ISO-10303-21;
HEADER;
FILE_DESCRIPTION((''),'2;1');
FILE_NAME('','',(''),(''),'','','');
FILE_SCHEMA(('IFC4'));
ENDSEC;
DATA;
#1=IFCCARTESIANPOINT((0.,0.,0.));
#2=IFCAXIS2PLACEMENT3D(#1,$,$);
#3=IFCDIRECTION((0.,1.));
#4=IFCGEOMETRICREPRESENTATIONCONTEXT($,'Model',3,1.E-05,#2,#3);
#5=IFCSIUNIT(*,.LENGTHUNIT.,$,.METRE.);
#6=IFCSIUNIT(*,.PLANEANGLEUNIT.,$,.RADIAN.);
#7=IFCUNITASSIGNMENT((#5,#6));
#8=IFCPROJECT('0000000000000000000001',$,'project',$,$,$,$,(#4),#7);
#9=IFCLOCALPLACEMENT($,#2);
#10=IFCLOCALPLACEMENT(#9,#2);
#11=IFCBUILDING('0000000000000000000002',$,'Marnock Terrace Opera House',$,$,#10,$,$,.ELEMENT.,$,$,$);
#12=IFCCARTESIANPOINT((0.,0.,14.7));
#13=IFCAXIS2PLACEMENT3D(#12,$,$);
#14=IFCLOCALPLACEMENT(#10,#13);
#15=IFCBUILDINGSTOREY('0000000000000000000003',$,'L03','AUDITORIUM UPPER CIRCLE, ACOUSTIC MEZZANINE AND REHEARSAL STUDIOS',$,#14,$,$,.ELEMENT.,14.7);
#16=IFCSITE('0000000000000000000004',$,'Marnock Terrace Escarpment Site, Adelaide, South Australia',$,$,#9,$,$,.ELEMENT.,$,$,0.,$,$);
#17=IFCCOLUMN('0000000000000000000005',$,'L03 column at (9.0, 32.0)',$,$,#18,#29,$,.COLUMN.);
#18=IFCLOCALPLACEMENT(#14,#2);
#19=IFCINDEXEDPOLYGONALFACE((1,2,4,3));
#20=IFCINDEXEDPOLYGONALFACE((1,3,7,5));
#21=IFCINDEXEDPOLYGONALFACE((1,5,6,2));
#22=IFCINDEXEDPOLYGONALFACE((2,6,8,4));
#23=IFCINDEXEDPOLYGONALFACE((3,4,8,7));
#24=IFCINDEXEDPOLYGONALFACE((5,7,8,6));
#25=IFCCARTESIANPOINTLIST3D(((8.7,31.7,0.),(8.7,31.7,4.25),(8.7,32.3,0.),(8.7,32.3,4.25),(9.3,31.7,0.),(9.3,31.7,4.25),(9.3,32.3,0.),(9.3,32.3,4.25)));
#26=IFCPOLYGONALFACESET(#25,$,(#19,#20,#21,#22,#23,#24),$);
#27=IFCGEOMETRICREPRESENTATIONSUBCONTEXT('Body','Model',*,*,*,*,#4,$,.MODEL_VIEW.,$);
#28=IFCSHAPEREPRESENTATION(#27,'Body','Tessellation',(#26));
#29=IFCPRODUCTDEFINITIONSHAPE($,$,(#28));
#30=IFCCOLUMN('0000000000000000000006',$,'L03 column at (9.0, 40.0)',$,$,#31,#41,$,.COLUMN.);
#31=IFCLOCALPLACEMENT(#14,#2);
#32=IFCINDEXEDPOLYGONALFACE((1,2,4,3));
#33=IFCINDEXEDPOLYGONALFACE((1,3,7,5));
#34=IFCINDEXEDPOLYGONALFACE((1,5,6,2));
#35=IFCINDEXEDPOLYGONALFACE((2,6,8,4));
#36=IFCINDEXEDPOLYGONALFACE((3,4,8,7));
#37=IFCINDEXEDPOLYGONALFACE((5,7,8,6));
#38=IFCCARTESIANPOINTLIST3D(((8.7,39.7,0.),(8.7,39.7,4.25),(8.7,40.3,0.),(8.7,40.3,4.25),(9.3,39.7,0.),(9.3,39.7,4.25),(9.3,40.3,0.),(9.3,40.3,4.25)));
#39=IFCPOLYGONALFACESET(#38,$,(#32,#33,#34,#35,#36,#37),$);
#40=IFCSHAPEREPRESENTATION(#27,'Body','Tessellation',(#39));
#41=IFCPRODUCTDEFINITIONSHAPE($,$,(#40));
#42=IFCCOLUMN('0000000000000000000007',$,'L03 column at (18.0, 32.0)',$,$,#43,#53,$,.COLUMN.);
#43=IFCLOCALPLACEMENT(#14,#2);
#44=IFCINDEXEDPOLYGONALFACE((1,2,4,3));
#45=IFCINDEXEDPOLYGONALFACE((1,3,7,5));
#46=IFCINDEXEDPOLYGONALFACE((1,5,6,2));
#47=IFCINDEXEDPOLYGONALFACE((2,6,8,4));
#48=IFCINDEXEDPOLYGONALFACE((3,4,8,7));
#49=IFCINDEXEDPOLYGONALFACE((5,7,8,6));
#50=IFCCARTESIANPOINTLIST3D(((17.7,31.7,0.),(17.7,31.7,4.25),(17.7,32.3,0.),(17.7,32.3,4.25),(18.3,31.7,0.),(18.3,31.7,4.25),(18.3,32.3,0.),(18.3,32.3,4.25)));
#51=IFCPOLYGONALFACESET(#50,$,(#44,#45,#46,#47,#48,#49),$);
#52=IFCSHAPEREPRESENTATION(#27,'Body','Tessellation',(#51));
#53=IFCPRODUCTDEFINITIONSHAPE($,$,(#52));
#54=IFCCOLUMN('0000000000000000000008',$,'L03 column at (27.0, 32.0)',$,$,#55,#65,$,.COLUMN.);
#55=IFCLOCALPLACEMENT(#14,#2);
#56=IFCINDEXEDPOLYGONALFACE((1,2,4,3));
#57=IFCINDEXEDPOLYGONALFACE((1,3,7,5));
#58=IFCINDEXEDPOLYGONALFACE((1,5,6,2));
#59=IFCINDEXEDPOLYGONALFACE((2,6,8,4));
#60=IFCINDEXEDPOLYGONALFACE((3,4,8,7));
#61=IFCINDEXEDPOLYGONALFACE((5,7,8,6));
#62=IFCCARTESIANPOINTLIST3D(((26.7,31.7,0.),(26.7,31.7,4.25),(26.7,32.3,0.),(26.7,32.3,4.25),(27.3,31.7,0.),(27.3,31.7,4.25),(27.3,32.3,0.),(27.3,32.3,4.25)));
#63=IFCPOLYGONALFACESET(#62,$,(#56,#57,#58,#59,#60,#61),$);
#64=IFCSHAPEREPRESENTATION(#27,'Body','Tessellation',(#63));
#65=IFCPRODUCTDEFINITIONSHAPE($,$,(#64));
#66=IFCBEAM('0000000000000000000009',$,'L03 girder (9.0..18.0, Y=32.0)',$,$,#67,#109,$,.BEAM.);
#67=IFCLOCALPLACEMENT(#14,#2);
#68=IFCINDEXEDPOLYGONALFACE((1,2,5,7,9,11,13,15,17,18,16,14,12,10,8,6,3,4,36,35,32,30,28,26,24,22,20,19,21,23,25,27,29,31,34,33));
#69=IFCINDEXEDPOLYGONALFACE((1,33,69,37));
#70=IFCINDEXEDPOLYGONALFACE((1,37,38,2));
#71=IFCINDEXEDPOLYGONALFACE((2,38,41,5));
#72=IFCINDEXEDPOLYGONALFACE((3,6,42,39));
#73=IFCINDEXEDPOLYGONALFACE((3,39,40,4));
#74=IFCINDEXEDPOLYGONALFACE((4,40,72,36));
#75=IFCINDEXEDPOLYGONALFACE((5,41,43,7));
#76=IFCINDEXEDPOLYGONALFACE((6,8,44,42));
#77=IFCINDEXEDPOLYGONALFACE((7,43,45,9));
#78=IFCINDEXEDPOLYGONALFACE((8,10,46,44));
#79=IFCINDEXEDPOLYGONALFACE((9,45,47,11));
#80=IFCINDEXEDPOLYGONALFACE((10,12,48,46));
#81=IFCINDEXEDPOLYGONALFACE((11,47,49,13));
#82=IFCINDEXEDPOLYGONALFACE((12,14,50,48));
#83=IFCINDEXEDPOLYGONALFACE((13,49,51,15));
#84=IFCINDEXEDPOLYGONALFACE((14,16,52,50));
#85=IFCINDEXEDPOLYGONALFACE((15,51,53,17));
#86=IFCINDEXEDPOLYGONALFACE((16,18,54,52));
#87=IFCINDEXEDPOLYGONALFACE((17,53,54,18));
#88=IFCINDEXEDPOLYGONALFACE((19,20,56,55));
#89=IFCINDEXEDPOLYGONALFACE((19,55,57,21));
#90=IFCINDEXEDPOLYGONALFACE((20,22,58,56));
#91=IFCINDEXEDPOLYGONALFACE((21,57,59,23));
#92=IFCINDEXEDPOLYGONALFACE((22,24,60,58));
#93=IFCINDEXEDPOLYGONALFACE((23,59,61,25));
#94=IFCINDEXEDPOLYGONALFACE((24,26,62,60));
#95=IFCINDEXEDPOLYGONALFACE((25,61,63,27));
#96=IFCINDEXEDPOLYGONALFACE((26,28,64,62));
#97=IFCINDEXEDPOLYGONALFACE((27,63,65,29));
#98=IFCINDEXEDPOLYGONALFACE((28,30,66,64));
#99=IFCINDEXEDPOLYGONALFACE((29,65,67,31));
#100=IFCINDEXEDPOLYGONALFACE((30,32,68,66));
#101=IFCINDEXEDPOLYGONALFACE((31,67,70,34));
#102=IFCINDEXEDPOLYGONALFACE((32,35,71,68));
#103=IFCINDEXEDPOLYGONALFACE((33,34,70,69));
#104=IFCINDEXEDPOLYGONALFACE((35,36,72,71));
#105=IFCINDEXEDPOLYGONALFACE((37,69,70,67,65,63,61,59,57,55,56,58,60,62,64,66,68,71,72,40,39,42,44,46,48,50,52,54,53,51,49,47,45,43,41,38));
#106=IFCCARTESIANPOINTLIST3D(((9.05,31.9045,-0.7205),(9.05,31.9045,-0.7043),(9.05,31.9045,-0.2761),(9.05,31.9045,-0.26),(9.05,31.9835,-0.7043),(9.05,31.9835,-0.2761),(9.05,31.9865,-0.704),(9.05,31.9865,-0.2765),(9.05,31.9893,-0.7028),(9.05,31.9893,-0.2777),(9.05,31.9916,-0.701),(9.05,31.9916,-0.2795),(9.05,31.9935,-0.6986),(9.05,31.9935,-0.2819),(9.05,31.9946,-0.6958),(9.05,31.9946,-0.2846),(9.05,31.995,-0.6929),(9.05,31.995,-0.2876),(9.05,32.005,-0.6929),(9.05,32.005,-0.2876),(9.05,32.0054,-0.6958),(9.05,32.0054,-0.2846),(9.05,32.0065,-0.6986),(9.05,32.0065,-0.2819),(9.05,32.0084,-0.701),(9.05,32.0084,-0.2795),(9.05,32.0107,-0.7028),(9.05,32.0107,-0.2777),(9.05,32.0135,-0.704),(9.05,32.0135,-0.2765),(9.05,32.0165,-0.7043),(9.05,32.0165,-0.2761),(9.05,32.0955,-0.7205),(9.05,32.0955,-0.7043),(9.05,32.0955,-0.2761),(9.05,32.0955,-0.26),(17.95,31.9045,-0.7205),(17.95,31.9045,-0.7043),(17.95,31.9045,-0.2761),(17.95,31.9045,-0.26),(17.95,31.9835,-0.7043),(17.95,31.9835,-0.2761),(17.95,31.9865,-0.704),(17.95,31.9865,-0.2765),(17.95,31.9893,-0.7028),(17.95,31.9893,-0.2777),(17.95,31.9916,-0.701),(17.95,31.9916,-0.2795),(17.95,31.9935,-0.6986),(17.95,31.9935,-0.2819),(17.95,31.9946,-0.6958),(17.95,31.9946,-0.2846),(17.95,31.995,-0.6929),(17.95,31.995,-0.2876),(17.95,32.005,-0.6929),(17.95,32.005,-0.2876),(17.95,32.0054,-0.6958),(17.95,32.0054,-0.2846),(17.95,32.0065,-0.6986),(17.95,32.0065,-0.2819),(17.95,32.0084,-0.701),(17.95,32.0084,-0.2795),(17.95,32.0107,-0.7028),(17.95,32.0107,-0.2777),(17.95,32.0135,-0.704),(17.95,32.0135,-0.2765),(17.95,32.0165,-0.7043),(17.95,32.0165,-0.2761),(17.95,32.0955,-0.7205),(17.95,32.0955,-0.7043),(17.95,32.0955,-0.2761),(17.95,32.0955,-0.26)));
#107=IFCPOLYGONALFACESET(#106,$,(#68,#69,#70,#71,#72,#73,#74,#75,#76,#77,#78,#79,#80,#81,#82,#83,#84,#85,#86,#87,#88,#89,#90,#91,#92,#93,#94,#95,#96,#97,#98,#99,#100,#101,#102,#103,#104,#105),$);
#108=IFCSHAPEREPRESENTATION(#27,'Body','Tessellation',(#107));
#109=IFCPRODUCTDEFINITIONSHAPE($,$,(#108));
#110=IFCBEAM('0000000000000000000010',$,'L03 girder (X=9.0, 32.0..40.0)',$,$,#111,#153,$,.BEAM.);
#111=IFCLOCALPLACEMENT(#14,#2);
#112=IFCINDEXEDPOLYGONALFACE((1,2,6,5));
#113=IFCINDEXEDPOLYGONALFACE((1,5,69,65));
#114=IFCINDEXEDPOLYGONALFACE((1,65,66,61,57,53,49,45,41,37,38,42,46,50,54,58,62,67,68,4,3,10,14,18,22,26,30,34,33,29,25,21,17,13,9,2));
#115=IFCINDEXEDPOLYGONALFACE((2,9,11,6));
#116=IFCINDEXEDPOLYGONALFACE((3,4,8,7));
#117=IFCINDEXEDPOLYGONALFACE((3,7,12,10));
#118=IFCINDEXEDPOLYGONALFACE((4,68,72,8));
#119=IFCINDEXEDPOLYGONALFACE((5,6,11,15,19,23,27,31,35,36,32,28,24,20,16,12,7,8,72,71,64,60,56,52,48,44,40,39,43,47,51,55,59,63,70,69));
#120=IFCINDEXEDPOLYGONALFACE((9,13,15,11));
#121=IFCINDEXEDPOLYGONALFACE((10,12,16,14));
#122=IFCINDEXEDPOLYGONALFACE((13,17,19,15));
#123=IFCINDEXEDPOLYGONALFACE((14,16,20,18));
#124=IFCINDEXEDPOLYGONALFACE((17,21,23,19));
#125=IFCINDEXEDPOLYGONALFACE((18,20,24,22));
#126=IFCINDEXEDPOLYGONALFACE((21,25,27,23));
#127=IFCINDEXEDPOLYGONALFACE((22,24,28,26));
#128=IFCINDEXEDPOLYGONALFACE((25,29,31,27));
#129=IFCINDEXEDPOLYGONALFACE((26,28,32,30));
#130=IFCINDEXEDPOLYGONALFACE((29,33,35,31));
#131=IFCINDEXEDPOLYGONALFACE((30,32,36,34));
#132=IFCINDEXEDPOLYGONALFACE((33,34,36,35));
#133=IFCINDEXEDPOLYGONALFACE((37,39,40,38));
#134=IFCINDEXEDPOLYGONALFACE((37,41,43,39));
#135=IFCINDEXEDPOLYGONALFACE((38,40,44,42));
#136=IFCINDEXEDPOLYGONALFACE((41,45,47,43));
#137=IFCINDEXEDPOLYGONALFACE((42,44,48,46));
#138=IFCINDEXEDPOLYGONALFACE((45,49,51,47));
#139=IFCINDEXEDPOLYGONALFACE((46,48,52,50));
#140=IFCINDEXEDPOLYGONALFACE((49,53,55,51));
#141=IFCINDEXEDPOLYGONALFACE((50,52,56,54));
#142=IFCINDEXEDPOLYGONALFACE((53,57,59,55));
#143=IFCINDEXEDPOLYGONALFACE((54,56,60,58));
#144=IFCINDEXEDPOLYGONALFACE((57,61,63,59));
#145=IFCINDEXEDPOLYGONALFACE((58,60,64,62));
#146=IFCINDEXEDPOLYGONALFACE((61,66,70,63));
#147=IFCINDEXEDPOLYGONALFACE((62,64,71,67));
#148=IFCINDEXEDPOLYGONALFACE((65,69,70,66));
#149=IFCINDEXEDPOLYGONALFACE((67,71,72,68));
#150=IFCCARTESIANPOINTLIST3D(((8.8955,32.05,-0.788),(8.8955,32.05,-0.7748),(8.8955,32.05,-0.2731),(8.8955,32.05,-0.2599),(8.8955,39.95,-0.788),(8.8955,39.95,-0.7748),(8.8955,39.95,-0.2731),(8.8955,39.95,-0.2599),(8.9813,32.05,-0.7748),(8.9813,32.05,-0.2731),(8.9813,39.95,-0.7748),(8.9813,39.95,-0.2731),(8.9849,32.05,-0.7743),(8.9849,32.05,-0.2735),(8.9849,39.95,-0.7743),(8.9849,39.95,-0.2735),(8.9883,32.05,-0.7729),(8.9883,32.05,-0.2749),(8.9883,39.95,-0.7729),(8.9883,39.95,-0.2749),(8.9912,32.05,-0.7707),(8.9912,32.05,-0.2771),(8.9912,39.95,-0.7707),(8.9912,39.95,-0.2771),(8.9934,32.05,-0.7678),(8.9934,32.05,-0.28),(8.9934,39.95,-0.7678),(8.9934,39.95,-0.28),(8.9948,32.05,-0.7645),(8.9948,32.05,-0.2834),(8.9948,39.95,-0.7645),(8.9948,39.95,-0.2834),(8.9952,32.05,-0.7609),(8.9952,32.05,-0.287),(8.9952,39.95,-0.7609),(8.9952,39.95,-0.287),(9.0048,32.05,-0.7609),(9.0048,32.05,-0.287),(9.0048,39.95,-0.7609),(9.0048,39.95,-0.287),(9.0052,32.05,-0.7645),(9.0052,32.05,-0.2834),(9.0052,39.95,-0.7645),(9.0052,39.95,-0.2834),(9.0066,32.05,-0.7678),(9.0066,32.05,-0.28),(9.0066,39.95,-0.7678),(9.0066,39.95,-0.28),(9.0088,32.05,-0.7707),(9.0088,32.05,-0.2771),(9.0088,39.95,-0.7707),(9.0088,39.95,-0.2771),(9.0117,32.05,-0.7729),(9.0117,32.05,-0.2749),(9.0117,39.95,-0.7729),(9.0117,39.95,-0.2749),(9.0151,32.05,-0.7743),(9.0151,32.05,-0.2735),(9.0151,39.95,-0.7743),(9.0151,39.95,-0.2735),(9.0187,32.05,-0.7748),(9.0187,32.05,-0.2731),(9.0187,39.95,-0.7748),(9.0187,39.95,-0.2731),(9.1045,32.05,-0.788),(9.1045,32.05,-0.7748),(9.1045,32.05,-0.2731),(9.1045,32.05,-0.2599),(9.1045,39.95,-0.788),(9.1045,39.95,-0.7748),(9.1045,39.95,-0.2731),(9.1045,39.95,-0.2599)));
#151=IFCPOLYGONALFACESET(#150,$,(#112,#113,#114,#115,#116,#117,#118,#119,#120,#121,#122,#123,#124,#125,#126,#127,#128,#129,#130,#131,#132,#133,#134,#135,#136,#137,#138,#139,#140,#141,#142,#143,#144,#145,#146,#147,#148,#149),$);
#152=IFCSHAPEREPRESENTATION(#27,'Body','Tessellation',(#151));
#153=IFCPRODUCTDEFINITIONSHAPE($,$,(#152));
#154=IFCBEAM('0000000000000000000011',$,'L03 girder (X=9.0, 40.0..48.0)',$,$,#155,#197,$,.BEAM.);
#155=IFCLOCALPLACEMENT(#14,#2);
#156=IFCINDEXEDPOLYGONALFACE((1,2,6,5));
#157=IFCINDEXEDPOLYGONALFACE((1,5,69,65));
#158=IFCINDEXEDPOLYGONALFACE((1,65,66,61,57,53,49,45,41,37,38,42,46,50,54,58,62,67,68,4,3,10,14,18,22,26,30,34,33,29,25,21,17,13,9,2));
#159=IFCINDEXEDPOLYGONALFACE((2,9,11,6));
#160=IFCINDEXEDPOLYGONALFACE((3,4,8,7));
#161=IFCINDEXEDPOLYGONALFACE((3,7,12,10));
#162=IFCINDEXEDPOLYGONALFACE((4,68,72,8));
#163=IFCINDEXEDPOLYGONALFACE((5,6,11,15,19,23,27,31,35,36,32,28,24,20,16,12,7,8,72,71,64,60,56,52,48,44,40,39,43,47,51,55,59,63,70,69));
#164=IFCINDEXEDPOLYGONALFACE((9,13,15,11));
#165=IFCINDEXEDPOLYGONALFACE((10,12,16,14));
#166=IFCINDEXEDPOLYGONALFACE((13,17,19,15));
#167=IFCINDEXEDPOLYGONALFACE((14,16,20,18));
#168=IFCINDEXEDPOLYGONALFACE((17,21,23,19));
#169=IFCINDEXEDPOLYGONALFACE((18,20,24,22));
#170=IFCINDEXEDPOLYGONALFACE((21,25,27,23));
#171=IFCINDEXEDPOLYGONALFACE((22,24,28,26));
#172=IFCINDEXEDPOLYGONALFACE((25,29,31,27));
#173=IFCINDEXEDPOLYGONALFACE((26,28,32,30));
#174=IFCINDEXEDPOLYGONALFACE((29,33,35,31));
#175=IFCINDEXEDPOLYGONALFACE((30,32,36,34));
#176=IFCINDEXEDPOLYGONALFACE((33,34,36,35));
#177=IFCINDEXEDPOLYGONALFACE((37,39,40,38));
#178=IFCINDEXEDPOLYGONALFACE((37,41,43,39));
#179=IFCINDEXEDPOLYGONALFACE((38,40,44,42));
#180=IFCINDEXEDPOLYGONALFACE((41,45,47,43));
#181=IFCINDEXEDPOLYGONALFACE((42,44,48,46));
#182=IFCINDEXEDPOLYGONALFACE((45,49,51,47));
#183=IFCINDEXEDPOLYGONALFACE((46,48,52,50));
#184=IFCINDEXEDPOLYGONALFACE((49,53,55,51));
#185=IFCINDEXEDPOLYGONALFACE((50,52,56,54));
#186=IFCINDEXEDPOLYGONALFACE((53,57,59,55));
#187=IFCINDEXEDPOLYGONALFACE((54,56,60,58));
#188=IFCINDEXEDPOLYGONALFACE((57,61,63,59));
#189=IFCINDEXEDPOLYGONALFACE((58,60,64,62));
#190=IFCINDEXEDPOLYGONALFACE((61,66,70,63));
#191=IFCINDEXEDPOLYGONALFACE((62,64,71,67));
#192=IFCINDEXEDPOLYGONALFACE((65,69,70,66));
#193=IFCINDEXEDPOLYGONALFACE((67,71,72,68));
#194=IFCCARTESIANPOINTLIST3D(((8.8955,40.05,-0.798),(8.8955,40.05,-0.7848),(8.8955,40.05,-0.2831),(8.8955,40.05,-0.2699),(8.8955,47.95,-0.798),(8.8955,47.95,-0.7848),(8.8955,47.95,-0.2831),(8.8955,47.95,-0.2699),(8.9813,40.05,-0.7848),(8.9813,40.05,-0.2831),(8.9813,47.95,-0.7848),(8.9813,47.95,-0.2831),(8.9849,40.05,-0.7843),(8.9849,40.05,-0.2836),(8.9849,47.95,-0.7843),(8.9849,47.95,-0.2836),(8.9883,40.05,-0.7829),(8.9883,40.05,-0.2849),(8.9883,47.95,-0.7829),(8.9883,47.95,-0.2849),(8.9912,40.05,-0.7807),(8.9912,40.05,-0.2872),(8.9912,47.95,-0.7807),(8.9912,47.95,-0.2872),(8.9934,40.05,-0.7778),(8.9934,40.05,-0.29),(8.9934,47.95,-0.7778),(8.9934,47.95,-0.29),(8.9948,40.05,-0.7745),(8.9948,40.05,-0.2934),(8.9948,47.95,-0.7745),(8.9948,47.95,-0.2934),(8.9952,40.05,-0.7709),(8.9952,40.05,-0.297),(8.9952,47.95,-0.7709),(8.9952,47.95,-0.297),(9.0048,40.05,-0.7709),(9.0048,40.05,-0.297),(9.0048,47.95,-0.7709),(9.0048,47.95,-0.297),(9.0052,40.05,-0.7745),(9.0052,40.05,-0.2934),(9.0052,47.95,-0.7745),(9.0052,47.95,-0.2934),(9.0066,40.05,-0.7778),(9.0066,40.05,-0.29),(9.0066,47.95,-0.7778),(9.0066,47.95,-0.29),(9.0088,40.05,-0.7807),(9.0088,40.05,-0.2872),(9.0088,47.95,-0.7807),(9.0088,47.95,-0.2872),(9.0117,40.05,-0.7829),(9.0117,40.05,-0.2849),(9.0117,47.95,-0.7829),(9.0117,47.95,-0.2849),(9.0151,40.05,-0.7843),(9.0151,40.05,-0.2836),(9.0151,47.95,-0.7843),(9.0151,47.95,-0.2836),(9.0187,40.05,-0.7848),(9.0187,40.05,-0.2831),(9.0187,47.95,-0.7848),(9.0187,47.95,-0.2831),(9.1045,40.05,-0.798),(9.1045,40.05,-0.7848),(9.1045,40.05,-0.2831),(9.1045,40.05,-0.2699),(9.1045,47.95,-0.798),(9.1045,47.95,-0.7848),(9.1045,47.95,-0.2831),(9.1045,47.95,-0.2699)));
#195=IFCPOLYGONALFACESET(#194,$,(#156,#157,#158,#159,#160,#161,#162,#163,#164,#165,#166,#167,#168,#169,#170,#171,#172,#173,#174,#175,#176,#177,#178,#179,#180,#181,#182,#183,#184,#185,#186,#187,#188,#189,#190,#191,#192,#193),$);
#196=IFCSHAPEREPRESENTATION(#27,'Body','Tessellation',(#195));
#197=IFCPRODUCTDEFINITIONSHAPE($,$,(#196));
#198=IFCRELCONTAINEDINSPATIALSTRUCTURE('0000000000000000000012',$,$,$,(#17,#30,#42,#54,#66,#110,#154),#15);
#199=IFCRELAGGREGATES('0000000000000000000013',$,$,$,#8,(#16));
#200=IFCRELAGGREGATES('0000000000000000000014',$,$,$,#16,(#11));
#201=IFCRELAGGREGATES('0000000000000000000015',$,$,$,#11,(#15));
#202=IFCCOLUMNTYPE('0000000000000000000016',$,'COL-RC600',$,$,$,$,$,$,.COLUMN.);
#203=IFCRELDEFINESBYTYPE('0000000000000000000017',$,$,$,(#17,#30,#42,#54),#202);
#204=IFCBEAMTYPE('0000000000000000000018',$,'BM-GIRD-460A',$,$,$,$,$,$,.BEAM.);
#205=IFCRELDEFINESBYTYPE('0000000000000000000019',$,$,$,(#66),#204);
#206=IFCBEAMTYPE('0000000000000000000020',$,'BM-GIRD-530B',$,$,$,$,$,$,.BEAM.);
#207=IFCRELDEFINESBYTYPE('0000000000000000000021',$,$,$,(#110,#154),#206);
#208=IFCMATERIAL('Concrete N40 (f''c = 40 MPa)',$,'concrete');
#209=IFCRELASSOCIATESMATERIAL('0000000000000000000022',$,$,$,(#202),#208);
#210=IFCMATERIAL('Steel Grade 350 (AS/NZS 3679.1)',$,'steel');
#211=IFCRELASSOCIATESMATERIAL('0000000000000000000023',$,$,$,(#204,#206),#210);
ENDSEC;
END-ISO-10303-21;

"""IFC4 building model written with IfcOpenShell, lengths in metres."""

from ifc_helpers import new_model, si_unit, direction, frame, origin, origin_2d, place, context, subcontext, project, spatial, rectangle, i_section, extrude, material, material_profile, profile_set, type_object, element, save


model = new_model("IFC4")

# Units and contexts
model_context = context("Model", 3, precision=1e-05, world=origin(), true_north=direction((0.0, 1.0)))
body_context = subcontext(model_context, "Body", "Model", "MODEL_VIEW")
ifc_project = project(units=[si_unit("LENGTHUNIT", "METRE"), si_unit("PLANEANGLEUNIT", "RADIAN")], contexts=[model_context])

# Site, building, storey
site_placement = place(None, origin())
site = spatial("IfcSite", under=ifc_project, at=site_placement, Name="Marnock Terrace Escarpment Site, Adelaide, South Australia", CompositionType="ELEMENT", RefElevation=0.0)
building_placement = place(site_placement, origin())
building = spatial("IfcBuilding", under=site, at=building_placement, Name="Marnock Terrace Opera House", CompositionType="ELEMENT")
storey_placement = place(building_placement, frame((0.0, 0.0, 14.7)))
storey = spatial("IfcBuildingStorey", under=building, at=storey_placement, Name="L03", Description="AUDITORIUM UPPER CIRCLE, ACOUSTIC MEZZANINE AND REHEARSAL STUDIOS", CompositionType="ELEMENT", Elevation=14.7)

# Columns
ifc_material_1 = material(Name="Concrete N40 (f'c = 40 MPa)", Category="concrete")
ifc_material_profile_1 = material_profile(ifc_material_1, rectangle(XDim=0.6001, YDim=0.6001, at=origin_2d()))
ifc_profile_set_1 = profile_set([ifc_material_profile_1], Name="Concrete N40 (f'c = 40 MPa)")
column_type = type_object("IfcColumnType", Name="COL-RC600", PredefinedType="COLUMN", material=ifc_profile_set_1)
for number, where, z_axis, x_axis, name in (
    (1, (9.0, 32.0, 0.0), (0.0, 0.0, 1.0), (1.0, 0.0, 0.0), "L03 column at (9.0, 32.0)"),
    (2, (9.0, 40.0, 0.0), (0.0, 0.0, 1.0), (1.0, 0.0, 0.0), "L03 column at (9.0, 40.0)"),
    (3, (18.0, 32.0, 0.0), (0.0, 0.0, 1.0), (1.0, 0.0, 0.0), "L03 column at (18.0, 32.0)"),
    (4, (27.0, 32.0, 0.0), (0.0, 0.0, 1.0), (1.0, 0.0, 0.0), "L03 column at (27.0, 32.0)"),
):
    element("IfcColumn", number, at=place(storey_placement, frame(where, z_axis=z_axis, x_axis=x_axis)), inside=storey, type_object=column_type, Name=name, PredefinedType="COLUMN", context=body_context, shape_type="SweptSolid", body=[
        extrude(rectangle(XDim=0.6001, YDim=0.6001, at=origin_2d()), origin(), (0.0, 0.0, 1.0), 4.25),
    ])

# Beams
ifc_material_2 = material(Name="Steel Grade 350 (AS/NZS 3679.1)", Category="steel")
ifc_material_profile_2 = material_profile(ifc_material_2, i_section(OverallWidth=0.1909, OverallDepth=0.4604, WebThickness=0.01, FlangeThickness=0.0161, FilletRadius=0.0115, at=origin_2d()))
ifc_profile_set_2 = profile_set([ifc_material_profile_2], Name="Steel Grade 350 (AS/NZS 3679.1)")
beam_type_1 = type_object("IfcBeamType", Name="BM-GIRD-460A", PredefinedType="BEAM", material=ifc_profile_set_2)
beam_placement = place(storey_placement, frame((9.05, 32.0, -0.4902), z_axis=(1.0, 0.0, 0.0), x_axis=(0.0, 1.0, 0.0)))
element("IfcBeam", 5, at=beam_placement, inside=storey, type_object=beam_type_1, Name="L03 girder (9.0..18.0, Y=32.0)", PredefinedType="BEAM", context=body_context, shape_type="SweptSolid", body=[
    extrude(i_section(OverallWidth=0.1909, OverallDepth=0.4604, WebThickness=0.01, FlangeThickness=0.0161, FilletRadius=0.0115, at=origin_2d()), origin(), (0.0, 0.0, 1.0), 8.8999),
])
ifc_material_profile_3 = material_profile(ifc_material_2, i_section(OverallWidth=0.209, OverallDepth=0.5281, WebThickness=0.0095, FlangeThickness=0.0132, FilletRadius=0.0139, at=origin_2d()))
ifc_profile_set_3 = profile_set([ifc_material_profile_3], Name="Steel Grade 350 (AS/NZS 3679.1)")
beam_type_2 = type_object("IfcBeamType", Name="BM-GIRD-530B", PredefinedType="BEAM", material=ifc_profile_set_3)
for number, where, z_axis, x_axis, name in (
    (6, (9.0, 32.05, -0.5239), (0.0, 1.0, 0.0), (-1.0, 0.0, 0.0), "L03 girder (X=9.0, 32.0..40.0)"),
    (7, (9.0, 40.05, -0.5339), (0.0, 1.0, 0.0), (-1.0, 0.0, 0.0), "L03 girder (X=9.0, 40.0..48.0)"),
):
    element("IfcBeam", number, at=place(storey_placement, frame(where, z_axis=z_axis, x_axis=x_axis)), inside=storey, type_object=beam_type_2, Name=name, PredefinedType="BEAM", context=body_context, shape_type="SweptSolid", body=[
        extrude(i_section(OverallWidth=0.209, OverallDepth=0.5281, WebThickness=0.0095, FlangeThickness=0.0132, FilletRadius=0.0139, at=origin_2d()), origin(), (0.0, 0.0, 1.0), 7.8999),
    ])

save(model, "model.ifc")
